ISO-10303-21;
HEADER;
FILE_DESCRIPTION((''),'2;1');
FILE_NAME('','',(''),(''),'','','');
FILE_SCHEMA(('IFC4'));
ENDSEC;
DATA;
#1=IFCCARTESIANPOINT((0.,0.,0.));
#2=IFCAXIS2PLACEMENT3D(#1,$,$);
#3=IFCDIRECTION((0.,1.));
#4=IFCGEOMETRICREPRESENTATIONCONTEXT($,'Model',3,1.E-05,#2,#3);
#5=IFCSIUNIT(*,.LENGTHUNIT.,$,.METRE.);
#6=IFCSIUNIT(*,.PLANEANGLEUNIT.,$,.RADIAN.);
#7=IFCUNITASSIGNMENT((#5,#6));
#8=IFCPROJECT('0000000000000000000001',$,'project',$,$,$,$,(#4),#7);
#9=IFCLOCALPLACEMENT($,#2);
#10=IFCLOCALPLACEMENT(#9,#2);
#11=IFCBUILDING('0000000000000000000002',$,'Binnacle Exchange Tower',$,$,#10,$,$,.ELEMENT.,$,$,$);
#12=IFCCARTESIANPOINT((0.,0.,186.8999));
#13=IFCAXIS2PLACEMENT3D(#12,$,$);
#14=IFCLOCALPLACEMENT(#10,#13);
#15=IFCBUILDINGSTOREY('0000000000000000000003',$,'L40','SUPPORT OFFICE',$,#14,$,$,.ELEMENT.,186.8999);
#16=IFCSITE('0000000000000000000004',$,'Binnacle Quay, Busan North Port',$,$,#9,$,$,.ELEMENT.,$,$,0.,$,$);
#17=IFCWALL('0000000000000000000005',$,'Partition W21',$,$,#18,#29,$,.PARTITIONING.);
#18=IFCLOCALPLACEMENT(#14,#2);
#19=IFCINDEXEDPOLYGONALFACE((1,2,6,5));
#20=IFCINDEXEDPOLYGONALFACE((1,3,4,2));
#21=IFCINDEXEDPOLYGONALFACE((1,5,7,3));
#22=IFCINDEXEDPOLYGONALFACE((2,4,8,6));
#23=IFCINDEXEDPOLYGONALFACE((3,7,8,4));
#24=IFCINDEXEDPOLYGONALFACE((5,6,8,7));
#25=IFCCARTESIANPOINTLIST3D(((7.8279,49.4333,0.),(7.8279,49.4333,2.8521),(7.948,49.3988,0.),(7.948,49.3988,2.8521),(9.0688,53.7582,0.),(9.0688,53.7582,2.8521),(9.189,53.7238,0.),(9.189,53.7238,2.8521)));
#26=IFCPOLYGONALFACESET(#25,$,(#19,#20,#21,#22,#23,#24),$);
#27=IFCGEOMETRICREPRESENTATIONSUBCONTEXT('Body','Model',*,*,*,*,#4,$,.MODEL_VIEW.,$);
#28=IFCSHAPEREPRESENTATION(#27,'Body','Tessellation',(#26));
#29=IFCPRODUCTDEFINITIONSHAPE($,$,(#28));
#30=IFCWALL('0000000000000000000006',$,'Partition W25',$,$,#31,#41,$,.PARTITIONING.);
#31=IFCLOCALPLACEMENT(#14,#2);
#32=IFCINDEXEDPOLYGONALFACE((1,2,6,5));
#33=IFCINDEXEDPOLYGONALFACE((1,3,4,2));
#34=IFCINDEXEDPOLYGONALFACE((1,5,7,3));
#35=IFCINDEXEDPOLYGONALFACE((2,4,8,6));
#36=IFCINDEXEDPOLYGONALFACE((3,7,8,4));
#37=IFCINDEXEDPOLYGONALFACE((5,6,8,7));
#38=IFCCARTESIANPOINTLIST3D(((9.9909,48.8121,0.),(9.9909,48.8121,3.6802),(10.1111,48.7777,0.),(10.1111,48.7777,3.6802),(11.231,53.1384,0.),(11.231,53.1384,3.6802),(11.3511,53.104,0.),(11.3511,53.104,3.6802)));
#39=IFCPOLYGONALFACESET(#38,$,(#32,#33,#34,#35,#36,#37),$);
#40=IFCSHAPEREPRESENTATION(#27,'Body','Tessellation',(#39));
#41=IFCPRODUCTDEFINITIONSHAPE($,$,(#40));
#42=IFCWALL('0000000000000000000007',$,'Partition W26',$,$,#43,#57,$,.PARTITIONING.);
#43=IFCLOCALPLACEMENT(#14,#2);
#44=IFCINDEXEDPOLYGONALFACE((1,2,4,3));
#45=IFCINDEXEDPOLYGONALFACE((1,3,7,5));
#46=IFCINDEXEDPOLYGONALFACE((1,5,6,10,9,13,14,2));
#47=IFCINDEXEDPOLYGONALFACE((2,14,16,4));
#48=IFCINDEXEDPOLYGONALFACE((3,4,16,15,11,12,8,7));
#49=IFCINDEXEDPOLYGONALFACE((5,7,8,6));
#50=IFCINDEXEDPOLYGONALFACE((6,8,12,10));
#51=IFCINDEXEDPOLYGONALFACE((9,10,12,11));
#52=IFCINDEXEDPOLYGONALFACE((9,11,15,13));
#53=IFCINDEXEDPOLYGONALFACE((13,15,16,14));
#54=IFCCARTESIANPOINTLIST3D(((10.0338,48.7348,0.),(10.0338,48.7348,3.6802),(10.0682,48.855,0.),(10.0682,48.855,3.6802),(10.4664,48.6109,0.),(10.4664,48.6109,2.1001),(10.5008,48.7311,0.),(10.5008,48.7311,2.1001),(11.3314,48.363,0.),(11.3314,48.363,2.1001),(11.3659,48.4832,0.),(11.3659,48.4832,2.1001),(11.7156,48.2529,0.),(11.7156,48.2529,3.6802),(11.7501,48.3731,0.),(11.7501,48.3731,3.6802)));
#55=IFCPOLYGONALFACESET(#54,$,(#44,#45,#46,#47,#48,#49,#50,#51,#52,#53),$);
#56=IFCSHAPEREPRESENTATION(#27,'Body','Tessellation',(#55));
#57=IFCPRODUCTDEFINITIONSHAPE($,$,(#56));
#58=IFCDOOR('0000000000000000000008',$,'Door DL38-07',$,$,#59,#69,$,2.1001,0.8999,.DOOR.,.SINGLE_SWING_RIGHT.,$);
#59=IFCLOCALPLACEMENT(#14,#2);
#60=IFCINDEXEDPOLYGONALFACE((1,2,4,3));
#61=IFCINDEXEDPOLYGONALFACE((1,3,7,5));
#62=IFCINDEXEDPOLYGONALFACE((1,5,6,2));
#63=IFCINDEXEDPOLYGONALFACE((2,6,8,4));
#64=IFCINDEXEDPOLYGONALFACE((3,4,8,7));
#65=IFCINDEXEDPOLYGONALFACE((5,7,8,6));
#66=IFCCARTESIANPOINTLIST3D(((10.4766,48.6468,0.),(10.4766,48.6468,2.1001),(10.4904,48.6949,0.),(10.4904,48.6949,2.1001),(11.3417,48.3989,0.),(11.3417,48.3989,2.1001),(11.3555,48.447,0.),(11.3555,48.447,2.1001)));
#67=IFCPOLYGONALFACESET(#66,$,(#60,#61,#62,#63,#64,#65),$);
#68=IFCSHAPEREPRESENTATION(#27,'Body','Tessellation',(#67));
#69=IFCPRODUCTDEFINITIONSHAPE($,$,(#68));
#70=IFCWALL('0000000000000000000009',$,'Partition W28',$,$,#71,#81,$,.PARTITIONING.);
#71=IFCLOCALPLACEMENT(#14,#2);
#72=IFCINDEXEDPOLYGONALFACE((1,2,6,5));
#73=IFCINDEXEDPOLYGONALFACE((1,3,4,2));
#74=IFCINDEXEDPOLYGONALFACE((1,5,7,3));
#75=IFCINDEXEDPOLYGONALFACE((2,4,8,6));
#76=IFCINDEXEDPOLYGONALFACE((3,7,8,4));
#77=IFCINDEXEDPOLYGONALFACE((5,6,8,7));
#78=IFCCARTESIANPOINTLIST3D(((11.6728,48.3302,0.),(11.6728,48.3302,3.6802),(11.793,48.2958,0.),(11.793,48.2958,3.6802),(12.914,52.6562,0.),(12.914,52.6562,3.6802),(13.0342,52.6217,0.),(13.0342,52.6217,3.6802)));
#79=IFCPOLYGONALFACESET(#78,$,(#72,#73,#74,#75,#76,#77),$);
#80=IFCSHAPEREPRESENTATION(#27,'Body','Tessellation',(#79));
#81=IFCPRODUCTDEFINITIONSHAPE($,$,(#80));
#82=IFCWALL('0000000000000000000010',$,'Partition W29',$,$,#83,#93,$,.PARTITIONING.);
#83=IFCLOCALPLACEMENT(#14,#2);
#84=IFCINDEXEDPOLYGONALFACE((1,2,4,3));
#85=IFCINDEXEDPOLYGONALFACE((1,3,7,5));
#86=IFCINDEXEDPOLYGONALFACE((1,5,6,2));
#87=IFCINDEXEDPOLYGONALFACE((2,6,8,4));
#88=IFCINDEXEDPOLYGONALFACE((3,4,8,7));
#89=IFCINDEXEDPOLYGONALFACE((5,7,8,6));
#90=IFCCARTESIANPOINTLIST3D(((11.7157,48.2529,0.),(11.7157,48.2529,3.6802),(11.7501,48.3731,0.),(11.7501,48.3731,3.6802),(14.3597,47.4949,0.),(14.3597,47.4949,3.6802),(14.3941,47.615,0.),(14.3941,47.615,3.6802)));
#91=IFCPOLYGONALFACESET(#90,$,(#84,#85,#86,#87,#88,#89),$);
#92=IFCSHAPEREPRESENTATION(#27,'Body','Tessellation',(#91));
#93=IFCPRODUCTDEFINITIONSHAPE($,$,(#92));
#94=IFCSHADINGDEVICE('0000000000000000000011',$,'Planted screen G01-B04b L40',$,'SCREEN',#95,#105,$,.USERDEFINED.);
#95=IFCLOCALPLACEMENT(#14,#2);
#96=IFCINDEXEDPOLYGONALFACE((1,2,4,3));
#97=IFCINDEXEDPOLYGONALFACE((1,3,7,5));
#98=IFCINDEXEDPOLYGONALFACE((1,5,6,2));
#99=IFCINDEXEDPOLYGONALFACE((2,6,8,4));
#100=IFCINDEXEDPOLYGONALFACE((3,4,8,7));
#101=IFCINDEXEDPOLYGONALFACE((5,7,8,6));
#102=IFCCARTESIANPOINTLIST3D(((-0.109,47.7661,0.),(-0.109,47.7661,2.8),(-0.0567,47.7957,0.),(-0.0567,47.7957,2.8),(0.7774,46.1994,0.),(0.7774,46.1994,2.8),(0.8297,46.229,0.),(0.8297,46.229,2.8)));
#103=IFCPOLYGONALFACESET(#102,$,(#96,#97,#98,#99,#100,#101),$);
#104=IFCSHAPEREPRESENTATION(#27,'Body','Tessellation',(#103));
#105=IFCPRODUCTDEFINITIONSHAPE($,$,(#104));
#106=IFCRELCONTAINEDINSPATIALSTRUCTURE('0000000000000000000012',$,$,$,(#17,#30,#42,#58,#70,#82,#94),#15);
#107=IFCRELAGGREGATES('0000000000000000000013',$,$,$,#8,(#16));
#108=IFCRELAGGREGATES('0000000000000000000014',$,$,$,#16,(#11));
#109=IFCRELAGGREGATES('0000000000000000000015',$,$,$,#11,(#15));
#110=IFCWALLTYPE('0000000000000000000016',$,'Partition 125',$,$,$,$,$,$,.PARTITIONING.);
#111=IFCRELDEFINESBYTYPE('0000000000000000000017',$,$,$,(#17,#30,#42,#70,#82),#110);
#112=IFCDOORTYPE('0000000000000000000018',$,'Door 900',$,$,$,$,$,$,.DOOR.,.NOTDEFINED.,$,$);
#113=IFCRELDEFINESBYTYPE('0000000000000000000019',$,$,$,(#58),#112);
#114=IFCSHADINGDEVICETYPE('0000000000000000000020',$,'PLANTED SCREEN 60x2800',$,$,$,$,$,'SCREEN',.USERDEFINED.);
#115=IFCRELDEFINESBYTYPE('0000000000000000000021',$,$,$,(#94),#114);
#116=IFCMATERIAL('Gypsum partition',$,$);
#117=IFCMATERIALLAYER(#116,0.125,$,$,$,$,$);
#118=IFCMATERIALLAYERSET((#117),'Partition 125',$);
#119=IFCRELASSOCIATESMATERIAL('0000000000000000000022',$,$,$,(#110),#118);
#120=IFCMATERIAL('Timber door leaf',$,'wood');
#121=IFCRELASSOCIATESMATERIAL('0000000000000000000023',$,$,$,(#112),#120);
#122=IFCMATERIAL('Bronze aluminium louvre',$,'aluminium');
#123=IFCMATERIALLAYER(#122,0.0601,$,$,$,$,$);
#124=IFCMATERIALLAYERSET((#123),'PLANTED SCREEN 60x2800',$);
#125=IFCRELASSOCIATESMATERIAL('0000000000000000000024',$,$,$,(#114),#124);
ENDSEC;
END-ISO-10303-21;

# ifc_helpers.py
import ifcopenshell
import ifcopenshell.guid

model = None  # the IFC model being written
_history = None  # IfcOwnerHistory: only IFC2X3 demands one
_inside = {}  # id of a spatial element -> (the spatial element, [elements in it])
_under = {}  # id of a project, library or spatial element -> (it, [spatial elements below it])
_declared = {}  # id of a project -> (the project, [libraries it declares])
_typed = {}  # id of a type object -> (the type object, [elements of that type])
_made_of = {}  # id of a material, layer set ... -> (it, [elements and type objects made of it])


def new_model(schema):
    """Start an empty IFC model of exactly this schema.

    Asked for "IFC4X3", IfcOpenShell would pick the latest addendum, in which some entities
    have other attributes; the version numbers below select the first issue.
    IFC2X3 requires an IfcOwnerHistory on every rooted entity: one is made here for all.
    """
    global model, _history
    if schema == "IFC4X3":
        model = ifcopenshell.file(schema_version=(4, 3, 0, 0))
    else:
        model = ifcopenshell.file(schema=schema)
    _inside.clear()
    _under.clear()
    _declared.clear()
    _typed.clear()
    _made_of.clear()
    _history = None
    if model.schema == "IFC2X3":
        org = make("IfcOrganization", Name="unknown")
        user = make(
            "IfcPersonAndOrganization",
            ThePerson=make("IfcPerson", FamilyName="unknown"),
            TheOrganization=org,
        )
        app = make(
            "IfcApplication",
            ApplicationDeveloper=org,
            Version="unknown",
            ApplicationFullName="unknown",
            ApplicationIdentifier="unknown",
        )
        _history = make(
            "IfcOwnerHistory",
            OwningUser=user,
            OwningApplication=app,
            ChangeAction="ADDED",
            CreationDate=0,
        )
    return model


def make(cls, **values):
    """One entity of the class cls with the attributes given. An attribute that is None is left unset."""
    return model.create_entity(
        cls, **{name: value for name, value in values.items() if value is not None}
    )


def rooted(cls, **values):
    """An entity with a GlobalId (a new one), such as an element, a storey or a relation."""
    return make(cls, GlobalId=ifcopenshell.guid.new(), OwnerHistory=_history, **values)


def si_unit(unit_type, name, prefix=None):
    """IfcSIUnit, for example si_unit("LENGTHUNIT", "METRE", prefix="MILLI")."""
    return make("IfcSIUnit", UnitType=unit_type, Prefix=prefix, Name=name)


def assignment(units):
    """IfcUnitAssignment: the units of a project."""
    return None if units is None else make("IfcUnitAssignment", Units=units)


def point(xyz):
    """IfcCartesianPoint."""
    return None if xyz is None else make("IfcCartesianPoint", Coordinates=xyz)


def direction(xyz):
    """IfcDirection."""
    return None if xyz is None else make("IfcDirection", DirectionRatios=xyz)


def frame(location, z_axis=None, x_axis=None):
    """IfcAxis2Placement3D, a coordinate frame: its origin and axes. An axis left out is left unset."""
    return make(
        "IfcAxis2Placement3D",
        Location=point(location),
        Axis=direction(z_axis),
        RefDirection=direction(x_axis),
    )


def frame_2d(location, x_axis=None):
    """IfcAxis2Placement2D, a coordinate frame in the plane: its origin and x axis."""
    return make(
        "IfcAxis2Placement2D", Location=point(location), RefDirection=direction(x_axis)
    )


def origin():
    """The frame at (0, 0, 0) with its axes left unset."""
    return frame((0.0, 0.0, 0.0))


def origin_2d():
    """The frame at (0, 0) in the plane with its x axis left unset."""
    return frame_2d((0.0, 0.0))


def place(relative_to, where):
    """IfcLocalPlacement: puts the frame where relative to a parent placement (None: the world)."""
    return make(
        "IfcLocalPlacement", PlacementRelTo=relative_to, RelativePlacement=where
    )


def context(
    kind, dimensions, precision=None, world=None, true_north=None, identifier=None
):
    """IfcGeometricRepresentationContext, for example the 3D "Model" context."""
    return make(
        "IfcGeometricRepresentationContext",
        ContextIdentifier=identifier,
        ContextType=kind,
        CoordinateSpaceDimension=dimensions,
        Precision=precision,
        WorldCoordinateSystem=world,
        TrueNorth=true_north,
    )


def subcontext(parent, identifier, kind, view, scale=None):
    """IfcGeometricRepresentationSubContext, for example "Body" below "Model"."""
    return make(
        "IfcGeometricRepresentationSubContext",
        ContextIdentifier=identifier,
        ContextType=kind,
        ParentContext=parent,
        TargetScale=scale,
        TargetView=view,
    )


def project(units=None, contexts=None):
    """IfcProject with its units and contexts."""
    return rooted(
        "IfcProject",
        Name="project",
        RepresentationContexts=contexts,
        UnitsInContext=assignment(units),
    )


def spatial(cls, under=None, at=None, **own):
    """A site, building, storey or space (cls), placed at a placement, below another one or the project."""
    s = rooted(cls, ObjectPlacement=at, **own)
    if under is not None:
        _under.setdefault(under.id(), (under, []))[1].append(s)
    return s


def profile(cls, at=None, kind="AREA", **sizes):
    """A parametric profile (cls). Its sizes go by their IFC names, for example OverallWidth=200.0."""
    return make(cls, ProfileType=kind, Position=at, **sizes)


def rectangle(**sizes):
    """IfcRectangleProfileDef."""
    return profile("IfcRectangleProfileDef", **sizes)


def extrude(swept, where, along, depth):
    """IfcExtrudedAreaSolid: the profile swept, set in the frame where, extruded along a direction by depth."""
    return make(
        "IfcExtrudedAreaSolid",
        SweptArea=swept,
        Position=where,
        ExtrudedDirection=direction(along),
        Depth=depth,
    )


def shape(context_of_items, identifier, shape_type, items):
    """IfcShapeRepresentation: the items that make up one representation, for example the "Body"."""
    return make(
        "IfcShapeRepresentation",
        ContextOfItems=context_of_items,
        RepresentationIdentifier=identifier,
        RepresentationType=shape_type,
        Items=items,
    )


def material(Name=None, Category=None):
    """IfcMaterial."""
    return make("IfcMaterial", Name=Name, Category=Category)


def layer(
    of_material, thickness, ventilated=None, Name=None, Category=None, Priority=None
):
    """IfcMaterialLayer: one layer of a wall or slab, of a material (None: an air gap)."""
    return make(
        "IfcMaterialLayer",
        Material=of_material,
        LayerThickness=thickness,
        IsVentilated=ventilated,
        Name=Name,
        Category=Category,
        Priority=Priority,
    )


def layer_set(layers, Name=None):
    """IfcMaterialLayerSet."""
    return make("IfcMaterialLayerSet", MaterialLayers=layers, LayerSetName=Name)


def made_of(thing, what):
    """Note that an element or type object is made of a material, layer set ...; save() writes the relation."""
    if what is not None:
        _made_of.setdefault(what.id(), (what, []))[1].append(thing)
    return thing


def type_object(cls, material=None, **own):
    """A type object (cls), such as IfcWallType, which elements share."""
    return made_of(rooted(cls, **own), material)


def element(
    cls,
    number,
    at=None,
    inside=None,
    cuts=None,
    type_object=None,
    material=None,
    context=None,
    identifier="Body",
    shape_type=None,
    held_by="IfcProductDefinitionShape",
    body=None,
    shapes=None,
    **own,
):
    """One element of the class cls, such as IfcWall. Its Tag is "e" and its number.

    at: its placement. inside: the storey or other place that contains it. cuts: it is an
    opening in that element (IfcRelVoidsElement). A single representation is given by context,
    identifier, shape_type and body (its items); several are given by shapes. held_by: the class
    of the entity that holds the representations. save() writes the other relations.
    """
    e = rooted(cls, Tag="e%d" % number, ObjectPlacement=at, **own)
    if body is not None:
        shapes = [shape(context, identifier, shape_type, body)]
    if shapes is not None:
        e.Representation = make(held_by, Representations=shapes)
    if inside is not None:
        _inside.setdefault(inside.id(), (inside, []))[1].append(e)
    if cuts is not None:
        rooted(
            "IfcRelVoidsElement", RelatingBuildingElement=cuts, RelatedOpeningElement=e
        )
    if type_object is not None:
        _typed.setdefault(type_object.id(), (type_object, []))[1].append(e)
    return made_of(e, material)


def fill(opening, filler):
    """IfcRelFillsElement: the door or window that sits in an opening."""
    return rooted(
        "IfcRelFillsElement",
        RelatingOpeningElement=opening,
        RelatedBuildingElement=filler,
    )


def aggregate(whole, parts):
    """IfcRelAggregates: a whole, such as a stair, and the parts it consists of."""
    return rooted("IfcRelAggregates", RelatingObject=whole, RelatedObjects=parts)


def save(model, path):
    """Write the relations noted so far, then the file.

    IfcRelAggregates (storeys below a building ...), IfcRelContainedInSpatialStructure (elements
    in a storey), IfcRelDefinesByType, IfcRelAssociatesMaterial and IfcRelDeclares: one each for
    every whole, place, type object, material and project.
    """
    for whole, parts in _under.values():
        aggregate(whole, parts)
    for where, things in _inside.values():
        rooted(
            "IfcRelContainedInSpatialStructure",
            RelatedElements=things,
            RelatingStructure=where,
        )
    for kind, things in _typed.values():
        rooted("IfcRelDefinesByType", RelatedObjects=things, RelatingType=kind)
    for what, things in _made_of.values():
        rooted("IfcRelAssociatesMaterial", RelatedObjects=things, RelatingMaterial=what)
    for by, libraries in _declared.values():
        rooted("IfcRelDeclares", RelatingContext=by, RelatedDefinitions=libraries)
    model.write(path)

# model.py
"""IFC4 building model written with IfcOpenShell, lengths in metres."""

from ifc_helpers import new_model, si_unit, direction, frame, frame_2d, origin, origin_2d, place, context, subcontext, project, spatial, rectangle, extrude, material, layer, layer_set, type_object, element, fill, save


model = new_model("IFC4")

# Units and contexts
model_context = context("Model", 3, precision=1e-05, world=origin(), true_north=direction((0.0, 1.0)))
body_context = subcontext(model_context, "Body", "Model", "MODEL_VIEW")
ifc_project = project(units=[si_unit("LENGTHUNIT", "METRE"), si_unit("PLANEANGLEUNIT", "RADIAN")], contexts=[model_context])

# Site, building, storey
site_placement = place(None, origin())
site = spatial("IfcSite", under=ifc_project, at=site_placement, Name="Binnacle Quay, Busan North Port", CompositionType="ELEMENT", RefElevation=0.0)
building_placement = place(site_placement, origin())
building = spatial("IfcBuilding", under=site, at=building_placement, Name="Binnacle Exchange Tower", CompositionType="ELEMENT")
storey_placement = place(building_placement, frame((0.0, 0.0, 186.8999)))
storey = spatial("IfcBuildingStorey", under=building, at=storey_placement, Name="L40", Description="SUPPORT OFFICE", CompositionType="ELEMENT", Elevation=186.8999)

# Walls
ifc_material_1 = material(Name="Gypsum partition")
ifc_layer_1 = layer(ifc_material_1, 0.125)
ifc_layer_set_1 = layer_set([ifc_layer_1], Name="Partition 125")
wall_type_1 = type_object("IfcWallType", Name="Partition 125", PredefinedType="PARTITIONING", material=ifc_layer_set_1)
wall_1_placement = place(storey_placement, frame((7.8879, 49.416, 0.0), z_axis=(0.0, 0.0, 1.0), x_axis=(0.275803, 0.961214, 0.0)))
element("IfcWall", 1, at=wall_1_placement, inside=storey, type_object=wall_type_1, Name="Partition W21", PredefinedType="PARTITIONING", context=body_context, shape_type="SweptSolid", body=[
    extrude(rectangle(XDim=4.4995, YDim=0.125, at=frame_2d((2.2498, 0.0))), origin(), (0.0, 0.0, 1.0), 2.8521),
])
wall_2_placement = place(storey_placement, frame((10.051, 48.7949, 0.0), z_axis=(0.0, 0.0, 1.0), x_axis=(0.275531, 0.961292, 0.0)))
element("IfcWall", 2, at=wall_2_placement, inside=storey, type_object=wall_type_1, Name="Partition W25", PredefinedType="PARTITIONING", context=body_context, shape_type="SweptSolid", body=[
    extrude(rectangle(XDim=4.5005, YDim=0.125, at=frame_2d((2.2502, 0.0))), origin(), (0.0, 0.0, 1.0), 3.6802),
])

# Wall, opening, door
wall_3_placement = place(storey_placement, frame((10.051, 48.7949, 0.0), z_axis=(0.0, 0.0, 1.0), x_axis=(0.961313, -0.275458, 0.0)))
wall_3 = element("IfcWall", 3, at=wall_3_placement, inside=storey, type_object=wall_type_1, Name="Partition W26", PredefinedType="PARTITIONING", context=body_context, shape_type="SweptSolid", body=[
    extrude(rectangle(XDim=1.7495, YDim=0.125, at=frame_2d((0.8748, 0.0))), origin(), (0.0, 0.0, 1.0), 3.6802),
])
opening_1_placement = place(wall_3_placement, frame((0.45, 0.0, 0.0)))
opening_1 = element("IfcOpeningElement", 4, at=opening_1_placement, cuts=wall_3, PredefinedType="OPENING", context=body_context, shape_type="SweptSolid", body=[
    extrude(rectangle(XDim=0.8999, YDim=2.1001, at=frame_2d((0.45, 1.05))), frame((0.0, 0.0725, 0.0), z_axis=(0.0, -1.0, 0.0), x_axis=(1.0, 0.0, 0.0)), (0.0, 0.0, 1.0), 0.145),
])
ifc_material_2 = material(Name="Timber door leaf", Category="wood")
door_type_1 = type_object("IfcDoorType", Name="Door 900", OperationType="NOTDEFINED", PredefinedType="DOOR", material=ifc_material_2)
door_1_placement = place(opening_1_placement, origin())
door_1 = element("IfcDoor", 5, at=door_1_placement, inside=storey, type_object=door_type_1, Name="Door DL38-07", OperationType="SINGLE_SWING_RIGHT", OverallHeight=2.1001, OverallWidth=0.8999, PredefinedType="DOOR", context=body_context, shape_type="SweptSolid", body=[
    extrude(rectangle(XDim=0.8999, YDim=2.1001, at=frame_2d((0.45, 1.05))), frame((0.0, 0.0249, 0.0), z_axis=(0.0, -1.0, 0.0), x_axis=(1.0, 0.0, 0.0)), (0.0, 0.0, 1.0), 0.05),
])
fill(opening_1, door_1)

# Walls
wall_4_placement = place(storey_placement, frame((11.7329, 48.313, 0.0), z_axis=(0.0, 0.0, 1.0), x_axis=(0.275796, 0.961216, 0.0)))
element("IfcWall", 6, at=wall_4_placement, inside=storey, type_object=wall_type_1, Name="Partition W28", PredefinedType="PARTITIONING", context=body_context, shape_type="SweptSolid", body=[
    extrude(rectangle(XDim=4.5005, YDim=0.125, at=frame_2d((2.2502, 0.0))), origin(), (0.0, 0.0, 1.0), 3.6802),
])
wall_5_placement = place(storey_placement, frame((11.7329, 48.313, 0.0), z_axis=(0.0, 0.0, 1.0), x_axis=(0.961272, -0.2756, 0.0)))
element("IfcWall", 7, at=wall_5_placement, inside=storey, type_object=wall_type_1, Name="Partition W29", PredefinedType="PARTITIONING", context=body_context, shape_type="SweptSolid", body=[
    extrude(rectangle(XDim=2.7505, YDim=0.125, at=frame_2d((1.3752, 0.0))), origin(), (0.0, 0.0, 1.0), 3.6802),
])

# Shading device
ifc_material_3 = material(Name="Bronze aluminium louvre", Category="aluminium")
ifc_layer_2 = layer(ifc_material_3, 0.0601)
ifc_layer_set_2 = layer_set([ifc_layer_2], Name="PLANTED SCREEN 60x2800")
shading_device_type = type_object("IfcShadingDeviceType", Name="PLANTED SCREEN 60x2800", ElementType="SCREEN", PredefinedType="USERDEFINED", material=ifc_layer_set_2)
shading_device_placement = place(storey_placement, frame((0.3604, 46.9976, 0.0), z_axis=(0.0, 0.0, 1.0), x_axis=(0.870356, 0.492424, 0.0)))
element("IfcShadingDevice", 8, at=shading_device_placement, inside=storey, type_object=shading_device_type, Name="Planted screen G01-B04b L40", ObjectType="SCREEN", PredefinedType="USERDEFINED", context=body_context, shape_type="SweptSolid", body=[
    extrude(rectangle(XDim=0.0601, YDim=1.8, at=origin_2d()), origin(), (0.0, 0.0, 1.0), 2.8),
])

save(model, "model.ifc")
